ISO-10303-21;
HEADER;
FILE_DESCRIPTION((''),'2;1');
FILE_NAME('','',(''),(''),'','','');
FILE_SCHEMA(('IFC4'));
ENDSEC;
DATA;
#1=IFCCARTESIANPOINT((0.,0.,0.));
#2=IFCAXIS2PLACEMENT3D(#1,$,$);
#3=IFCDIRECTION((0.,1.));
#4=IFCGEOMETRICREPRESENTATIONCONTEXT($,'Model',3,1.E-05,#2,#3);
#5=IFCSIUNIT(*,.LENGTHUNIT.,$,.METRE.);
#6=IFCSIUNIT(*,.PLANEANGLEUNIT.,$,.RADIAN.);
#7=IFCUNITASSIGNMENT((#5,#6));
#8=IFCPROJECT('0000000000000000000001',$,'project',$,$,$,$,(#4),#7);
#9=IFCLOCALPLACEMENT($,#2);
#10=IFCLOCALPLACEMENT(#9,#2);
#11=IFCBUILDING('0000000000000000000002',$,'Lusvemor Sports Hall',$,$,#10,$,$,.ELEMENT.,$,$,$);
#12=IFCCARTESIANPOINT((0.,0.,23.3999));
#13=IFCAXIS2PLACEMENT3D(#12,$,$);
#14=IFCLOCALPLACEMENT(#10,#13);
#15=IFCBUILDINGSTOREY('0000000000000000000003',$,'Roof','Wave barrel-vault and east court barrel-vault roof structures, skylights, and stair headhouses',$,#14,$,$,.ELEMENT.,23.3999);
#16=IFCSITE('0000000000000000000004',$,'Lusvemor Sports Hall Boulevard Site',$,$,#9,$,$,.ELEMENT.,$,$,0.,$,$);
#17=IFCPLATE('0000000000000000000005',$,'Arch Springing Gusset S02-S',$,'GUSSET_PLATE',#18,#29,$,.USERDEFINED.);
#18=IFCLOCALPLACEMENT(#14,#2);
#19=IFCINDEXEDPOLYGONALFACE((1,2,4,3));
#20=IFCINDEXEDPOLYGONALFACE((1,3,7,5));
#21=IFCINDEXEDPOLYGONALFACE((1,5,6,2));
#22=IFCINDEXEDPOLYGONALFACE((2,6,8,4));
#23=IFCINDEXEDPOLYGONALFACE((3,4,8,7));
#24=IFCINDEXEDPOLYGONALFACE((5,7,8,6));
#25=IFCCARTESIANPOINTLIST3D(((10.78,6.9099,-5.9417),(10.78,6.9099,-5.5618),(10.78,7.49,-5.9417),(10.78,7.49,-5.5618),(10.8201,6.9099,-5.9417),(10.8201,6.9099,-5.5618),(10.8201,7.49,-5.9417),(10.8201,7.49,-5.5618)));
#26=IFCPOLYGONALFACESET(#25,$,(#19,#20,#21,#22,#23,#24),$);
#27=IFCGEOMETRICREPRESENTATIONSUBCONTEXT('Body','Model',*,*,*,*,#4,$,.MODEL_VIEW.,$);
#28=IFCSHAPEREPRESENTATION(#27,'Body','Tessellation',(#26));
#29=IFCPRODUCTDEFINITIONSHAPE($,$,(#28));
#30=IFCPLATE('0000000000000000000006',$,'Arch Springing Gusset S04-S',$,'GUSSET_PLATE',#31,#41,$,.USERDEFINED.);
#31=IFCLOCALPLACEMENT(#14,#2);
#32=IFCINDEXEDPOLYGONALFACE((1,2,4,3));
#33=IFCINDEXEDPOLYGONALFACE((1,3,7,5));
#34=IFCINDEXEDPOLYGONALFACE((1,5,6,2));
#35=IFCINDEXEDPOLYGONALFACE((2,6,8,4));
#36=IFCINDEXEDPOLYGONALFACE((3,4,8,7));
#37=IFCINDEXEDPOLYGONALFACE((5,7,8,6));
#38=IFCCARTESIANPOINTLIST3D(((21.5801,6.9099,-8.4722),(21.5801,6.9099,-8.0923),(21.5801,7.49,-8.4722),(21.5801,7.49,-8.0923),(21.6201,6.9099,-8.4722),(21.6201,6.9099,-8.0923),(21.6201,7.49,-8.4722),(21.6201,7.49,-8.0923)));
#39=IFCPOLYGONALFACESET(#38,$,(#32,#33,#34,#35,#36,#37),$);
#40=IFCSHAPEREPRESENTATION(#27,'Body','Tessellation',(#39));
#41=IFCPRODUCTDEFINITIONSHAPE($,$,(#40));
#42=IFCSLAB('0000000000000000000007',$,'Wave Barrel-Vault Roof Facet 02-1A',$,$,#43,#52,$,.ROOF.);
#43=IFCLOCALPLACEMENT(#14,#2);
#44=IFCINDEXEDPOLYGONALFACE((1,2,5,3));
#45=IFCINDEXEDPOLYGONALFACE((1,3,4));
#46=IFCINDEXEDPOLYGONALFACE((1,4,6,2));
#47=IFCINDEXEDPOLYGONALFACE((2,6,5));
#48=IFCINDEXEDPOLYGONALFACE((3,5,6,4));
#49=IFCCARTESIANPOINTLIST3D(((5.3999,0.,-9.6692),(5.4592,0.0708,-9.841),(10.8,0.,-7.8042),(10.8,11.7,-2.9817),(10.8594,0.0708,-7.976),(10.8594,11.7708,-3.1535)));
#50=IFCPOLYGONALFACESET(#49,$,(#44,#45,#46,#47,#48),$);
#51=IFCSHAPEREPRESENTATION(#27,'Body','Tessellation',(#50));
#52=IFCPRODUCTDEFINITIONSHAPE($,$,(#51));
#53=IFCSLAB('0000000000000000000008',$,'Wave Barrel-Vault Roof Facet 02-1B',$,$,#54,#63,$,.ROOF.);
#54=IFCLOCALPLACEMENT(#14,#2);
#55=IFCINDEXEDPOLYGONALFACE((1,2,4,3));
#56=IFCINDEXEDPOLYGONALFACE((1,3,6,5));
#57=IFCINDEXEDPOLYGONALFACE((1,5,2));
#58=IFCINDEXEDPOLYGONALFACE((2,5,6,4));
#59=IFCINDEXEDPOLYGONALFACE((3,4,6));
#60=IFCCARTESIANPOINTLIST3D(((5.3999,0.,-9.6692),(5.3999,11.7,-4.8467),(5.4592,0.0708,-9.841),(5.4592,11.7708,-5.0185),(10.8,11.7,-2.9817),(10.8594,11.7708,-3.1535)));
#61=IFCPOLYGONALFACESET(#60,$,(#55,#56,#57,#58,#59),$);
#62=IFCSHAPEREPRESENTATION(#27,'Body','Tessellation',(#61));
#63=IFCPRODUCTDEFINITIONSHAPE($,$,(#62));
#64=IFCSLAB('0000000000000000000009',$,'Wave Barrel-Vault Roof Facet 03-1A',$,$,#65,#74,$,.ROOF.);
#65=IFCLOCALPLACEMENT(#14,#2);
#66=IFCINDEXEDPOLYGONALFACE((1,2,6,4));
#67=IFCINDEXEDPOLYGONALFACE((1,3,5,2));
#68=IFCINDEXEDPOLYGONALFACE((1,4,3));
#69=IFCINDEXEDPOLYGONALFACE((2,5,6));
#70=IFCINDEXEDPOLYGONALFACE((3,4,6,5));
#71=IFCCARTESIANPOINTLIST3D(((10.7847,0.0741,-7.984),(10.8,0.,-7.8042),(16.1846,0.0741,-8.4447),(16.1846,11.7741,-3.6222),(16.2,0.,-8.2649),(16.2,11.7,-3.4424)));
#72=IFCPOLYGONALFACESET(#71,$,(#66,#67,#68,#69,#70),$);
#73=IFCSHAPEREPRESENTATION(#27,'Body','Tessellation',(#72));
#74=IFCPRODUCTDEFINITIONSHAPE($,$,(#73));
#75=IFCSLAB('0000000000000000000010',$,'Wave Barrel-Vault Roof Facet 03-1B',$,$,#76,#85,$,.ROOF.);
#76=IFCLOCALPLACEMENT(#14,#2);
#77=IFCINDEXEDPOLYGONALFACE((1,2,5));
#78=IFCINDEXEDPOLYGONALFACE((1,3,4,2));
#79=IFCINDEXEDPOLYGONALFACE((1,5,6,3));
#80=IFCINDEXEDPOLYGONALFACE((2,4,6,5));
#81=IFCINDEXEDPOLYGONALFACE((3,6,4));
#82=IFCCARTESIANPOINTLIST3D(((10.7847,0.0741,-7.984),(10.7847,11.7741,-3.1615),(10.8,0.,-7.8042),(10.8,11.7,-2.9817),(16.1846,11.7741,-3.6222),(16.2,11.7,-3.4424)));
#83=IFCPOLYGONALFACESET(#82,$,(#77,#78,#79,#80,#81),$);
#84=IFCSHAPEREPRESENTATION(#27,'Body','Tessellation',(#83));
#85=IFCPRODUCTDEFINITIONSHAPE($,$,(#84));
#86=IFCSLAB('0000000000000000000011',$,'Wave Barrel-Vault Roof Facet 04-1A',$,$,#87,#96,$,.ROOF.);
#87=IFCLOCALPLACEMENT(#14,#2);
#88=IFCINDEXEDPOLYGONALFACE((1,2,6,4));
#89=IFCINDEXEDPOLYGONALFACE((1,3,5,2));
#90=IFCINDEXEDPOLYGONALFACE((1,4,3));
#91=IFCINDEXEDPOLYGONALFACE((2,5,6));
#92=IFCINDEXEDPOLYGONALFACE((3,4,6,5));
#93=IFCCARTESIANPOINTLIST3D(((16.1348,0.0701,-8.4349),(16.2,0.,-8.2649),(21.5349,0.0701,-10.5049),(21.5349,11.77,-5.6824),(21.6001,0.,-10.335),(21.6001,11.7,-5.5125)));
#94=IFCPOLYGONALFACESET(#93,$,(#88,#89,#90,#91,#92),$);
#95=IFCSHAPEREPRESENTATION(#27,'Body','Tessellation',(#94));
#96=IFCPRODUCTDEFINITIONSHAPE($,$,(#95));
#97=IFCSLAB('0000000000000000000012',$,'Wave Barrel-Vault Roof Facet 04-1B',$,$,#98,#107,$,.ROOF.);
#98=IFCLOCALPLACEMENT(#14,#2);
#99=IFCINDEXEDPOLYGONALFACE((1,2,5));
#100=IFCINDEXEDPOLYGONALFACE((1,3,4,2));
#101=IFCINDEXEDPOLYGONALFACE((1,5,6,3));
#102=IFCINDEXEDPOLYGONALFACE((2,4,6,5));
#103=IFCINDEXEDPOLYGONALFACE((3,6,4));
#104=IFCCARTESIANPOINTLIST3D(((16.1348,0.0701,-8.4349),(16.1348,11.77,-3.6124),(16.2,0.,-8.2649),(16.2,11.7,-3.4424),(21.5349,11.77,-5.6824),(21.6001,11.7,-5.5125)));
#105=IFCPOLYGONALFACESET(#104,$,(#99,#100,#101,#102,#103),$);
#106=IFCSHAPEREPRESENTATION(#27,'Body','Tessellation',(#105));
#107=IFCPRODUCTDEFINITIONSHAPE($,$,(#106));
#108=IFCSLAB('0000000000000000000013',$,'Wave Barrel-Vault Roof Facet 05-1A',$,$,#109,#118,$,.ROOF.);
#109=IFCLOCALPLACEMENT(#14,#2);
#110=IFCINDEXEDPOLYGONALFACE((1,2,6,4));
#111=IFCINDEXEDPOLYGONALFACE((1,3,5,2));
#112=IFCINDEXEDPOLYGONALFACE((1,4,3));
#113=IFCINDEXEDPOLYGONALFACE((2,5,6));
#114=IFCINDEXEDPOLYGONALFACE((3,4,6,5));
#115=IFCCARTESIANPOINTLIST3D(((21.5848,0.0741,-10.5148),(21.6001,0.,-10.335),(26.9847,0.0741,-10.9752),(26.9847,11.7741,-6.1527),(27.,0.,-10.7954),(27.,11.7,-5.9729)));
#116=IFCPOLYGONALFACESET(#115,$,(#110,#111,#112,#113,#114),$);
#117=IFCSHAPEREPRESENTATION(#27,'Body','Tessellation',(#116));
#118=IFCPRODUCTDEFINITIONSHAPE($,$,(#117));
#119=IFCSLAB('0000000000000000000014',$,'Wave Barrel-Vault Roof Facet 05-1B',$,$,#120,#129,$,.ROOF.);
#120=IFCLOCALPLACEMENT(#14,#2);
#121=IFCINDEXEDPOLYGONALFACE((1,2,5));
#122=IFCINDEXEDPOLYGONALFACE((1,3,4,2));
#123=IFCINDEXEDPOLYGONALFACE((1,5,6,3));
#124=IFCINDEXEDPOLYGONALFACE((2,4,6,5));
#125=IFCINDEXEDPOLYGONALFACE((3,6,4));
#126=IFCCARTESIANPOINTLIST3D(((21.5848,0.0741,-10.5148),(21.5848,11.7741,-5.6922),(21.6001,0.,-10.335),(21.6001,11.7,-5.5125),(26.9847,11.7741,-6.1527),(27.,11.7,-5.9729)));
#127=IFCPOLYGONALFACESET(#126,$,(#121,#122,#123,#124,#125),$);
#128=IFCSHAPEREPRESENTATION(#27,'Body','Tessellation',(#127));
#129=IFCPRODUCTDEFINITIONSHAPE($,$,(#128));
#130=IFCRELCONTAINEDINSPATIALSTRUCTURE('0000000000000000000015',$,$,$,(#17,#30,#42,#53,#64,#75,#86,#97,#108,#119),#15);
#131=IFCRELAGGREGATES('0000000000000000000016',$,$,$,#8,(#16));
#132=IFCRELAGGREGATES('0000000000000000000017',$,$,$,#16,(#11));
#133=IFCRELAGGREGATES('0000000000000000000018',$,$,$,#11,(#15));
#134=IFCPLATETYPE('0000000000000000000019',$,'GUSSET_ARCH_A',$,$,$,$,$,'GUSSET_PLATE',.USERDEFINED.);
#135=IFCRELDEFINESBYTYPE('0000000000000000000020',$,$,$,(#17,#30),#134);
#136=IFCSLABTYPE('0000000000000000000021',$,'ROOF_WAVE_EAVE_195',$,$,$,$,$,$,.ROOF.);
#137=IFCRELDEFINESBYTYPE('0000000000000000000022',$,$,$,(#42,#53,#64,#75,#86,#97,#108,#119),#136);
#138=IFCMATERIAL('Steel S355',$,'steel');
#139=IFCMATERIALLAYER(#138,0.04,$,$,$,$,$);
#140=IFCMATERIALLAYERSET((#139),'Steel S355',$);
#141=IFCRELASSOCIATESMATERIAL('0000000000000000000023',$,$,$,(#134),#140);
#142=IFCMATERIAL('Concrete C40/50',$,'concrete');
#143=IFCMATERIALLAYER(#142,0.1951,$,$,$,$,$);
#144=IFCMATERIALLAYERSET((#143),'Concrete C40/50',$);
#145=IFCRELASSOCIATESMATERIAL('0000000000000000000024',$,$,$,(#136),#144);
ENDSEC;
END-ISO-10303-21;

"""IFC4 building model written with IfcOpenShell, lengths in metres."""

from ifc_helpers import new_model, si_unit, direction, frame, origin, origin_2d, place, context, subcontext, project, spatial, polyline, rectangle, outline, extrude, material, layer, layer_set, type_object, element, save


model = new_model("IFC4")

# Units and contexts
model_context = context("Model", 3, precision=1e-05, world=origin(), true_north=direction((0.0, 1.0)))
body_context = subcontext(model_context, "Body", "Model", "MODEL_VIEW")
ifc_project = project(units=[si_unit("LENGTHUNIT", "METRE"), si_unit("PLANEANGLEUNIT", "RADIAN")], contexts=[model_context])

# Site, building, storey
site_placement = place(None, origin())
site = spatial("IfcSite", under=ifc_project, at=site_placement, Name="Lusvemor Sports Hall Boulevard Site", CompositionType="ELEMENT", RefElevation=0.0)
building_placement = place(site_placement, origin())
building = spatial("IfcBuilding", under=site, at=building_placement, Name="Lusvemor Sports Hall", CompositionType="ELEMENT")
storey_placement = place(building_placement, frame((0.0, 0.0, 23.3999)))
storey = spatial("IfcBuildingStorey", under=building, at=storey_placement, Name="Roof", Description="Wave barrel-vault and east court barrel-vault roof structures, skylights, and stair headhouses", CompositionType="ELEMENT", Elevation=23.3999)

# Plates
ifc_material_1 = material(Name="Steel S355", Category="steel")
ifc_layer_1 = layer(ifc_material_1, 0.04)
ifc_layer_set_1 = layer_set([ifc_layer_1], Name="Steel S355")
plate_type = type_object("IfcPlateType", Name="GUSSET_ARCH_A", ElementType="GUSSET_PLATE", PredefinedType="USERDEFINED", material=ifc_layer_set_1)
for number, where, z_axis, x_axis, name in (
    (1, (10.8, 7.2, -5.9417), (0.0, 0.0, 1.0), (1.0, 0.0, 0.0), "Arch Springing Gusset S02-S"),
    (2, (21.6001, 7.2, -8.4722), (0.0, 0.0, 1.0), (1.0, 0.0, 0.0), "Arch Springing Gusset S04-S"),
):
    element("IfcPlate", number, at=place(storey_placement, frame(where, z_axis=z_axis, x_axis=x_axis)), inside=storey, type_object=plate_type, Name=name, ObjectType="GUSSET_PLATE", PredefinedType="USERDEFINED", context=body_context, shape_type="SweptSolid", body=[
        extrude(rectangle(XDim=0.04, YDim=0.5801, at=origin_2d()), origin(), (0.0, 0.0, 1.0), 0.3799),
    ])

# Slabs
ifc_material_2 = material(Name="Concrete C40/50", Category="concrete")
ifc_layer_2 = layer(ifc_material_2, 0.1951)
ifc_layer_set_2 = layer_set([ifc_layer_2], Name="Concrete C40/50")
slab_type = type_object("IfcSlabType", Name="ROOF_WAVE_EAVE_195", PredefinedType="ROOF", material=ifc_layer_set_2)
slab_1_placement = place(storey_placement, frame((5.3999, 0.0, -9.6692), z_axis=(-0.30417, -0.363023, 0.880735), x_axis=(0.945218, 0.0, 0.32644)))
element("IfcSlab", 3, at=slab_1_placement, inside=storey, type_object=slab_type, Name="Wave Barrel-Vault Roof Facet 02-1A", PredefinedType="ROOF", context=body_context, shape_type="SweptSolid", body=[
    extrude(outline(polyline([(0.0, 0.0), (5.7131, 0.0), (7.2874, 12.5566), (0.0, 0.0)])), origin(), (0.0, 0.0, -1.0), 0.1951),
])
slab_2_placement = place(storey_placement, frame((5.3999, 0.0, -9.6692), z_axis=(-0.30417, -0.363023, 0.880735), x_axis=(0.371961, 0.805891, 0.460634)))
element("IfcSlab", 4, at=slab_2_placement, inside=storey, type_object=slab_type, Name="Wave Barrel-Vault Roof Facet 02-1B", PredefinedType="ROOF", context=body_context, shape_type="SweptSolid", body=[
    extrude(outline(polyline([(0.0, 0.0), (14.518, 0.0), (11.6503, 4.9412), (0.0, 0.0)])), origin(), (0.0, 0.0, -1.0), 0.1951),
])
slab_3_placement = place(storey_placement, frame((10.8, 0.0, -7.8042), z_axis=(0.078633, -0.3799, 0.921679), x_axis=(0.99638, 0.0, -0.085006)))
element("IfcSlab", 5, at=slab_3_placement, inside=storey, type_object=slab_type, Name="Wave Barrel-Vault Roof Facet 03-1A", PredefinedType="ROOF", context=body_context, shape_type="SweptSolid", body=[
    extrude(outline(polyline([(0.0, 0.0), (5.4195, 0.0), (5.0096, 12.6482), (0.0, 0.0)])), origin(), (0.0, 0.0, -1.0), 0.1951),
])
slab_4_placement = place(storey_placement, frame((10.8, 0.0, -7.8042), z_axis=(0.078633, -0.3799, 0.921679), x_axis=(0.39693, 0.860027, 0.320624)))
element("IfcSlab", 6, at=slab_4_placement, inside=storey, type_object=slab_type, Name="Wave Barrel-Vault Roof Facet 03-1B", PredefinedType="ROOF", context=body_context, shape_type="SweptSolid", body=[
    extrude(outline(polyline([(0.0, 0.0), (13.6042, 0.0), (11.6085, 5.0387), (0.0, 0.0)])), origin(), (0.0, 0.0, -1.0), 0.1951),
])
slab_5_placement = place(storey_placement, frame((16.2, 0.0, -8.2649), z_axis=(0.334051, -0.359189, 0.871432), x_axis=(0.933745, 0.0, -0.357938)))
element("IfcSlab", 7, at=slab_5_placement, inside=storey, type_object=slab_type, Name="Wave Barrel-Vault Roof Facet 04-1A", PredefinedType="ROOF", context=body_context, shape_type="SweptSolid", body=[
    extrude(outline(polyline([(0.0, 0.0), (5.7833, 0.0), (4.0572, 12.5366), (0.0, 0.0)])), origin(), (0.0, 0.0, -1.0), 0.1951),
])
slab_6_placement = place(storey_placement, frame((16.2, 0.0, -8.2649), z_axis=(0.334051, -0.359189, 0.871432), x_axis=(0.409824, 0.887925, 0.208886)))
element("IfcSlab", 8, at=slab_6_placement, inside=storey, type_object=slab_type, Name="Wave Barrel-Vault Roof Facet 04-1B", PredefinedType="ROOF", context=body_context, shape_type="SweptSolid", body=[
    extrude(outline(polyline([(0.0, 0.0), (13.1767, 0.0), (11.396, 5.5024), (0.0, 0.0)])), origin(), (0.0, 0.0, -1.0), 0.1951),
])
slab_7_placement = place(storey_placement, frame((21.6001, 0.0, -10.335), z_axis=(0.078592, -0.379901, 0.921682), x_axis=(0.996384, 0.0, -0.084962)))
element("IfcSlab", 9, at=slab_7_placement, inside=storey, type_object=slab_type, Name="Wave Barrel-Vault Roof Facet 05-1A", PredefinedType="ROOF", context=body_context, shape_type="SweptSolid", body=[
    extrude(outline(polyline([(0.0, 0.0), (5.4195, 0.0), (5.0098, 12.6482), (0.0, 0.0)])), origin(), (0.0, 0.0, -1.0), 0.1951),
])
slab_8_placement = place(storey_placement, frame((21.6001, 0.0, -10.335), z_axis=(0.078592, -0.379901, 0.921682), x_axis=(0.396928, 0.860022, 0.32064)))
element("IfcSlab", 10, at=slab_8_placement, inside=storey, type_object=slab_type, Name="Wave Barrel-Vault Roof Facet 05-1B", PredefinedType="ROOF", context=body_context, shape_type="SweptSolid", body=[
    extrude(outline(polyline([(0.0, 0.0), (13.6042, 0.0), (11.6085, 5.0387), (0.0, 0.0)])), origin(), (0.0, 0.0, -1.0), 0.1951),
])

save(model, "model.ifc")
